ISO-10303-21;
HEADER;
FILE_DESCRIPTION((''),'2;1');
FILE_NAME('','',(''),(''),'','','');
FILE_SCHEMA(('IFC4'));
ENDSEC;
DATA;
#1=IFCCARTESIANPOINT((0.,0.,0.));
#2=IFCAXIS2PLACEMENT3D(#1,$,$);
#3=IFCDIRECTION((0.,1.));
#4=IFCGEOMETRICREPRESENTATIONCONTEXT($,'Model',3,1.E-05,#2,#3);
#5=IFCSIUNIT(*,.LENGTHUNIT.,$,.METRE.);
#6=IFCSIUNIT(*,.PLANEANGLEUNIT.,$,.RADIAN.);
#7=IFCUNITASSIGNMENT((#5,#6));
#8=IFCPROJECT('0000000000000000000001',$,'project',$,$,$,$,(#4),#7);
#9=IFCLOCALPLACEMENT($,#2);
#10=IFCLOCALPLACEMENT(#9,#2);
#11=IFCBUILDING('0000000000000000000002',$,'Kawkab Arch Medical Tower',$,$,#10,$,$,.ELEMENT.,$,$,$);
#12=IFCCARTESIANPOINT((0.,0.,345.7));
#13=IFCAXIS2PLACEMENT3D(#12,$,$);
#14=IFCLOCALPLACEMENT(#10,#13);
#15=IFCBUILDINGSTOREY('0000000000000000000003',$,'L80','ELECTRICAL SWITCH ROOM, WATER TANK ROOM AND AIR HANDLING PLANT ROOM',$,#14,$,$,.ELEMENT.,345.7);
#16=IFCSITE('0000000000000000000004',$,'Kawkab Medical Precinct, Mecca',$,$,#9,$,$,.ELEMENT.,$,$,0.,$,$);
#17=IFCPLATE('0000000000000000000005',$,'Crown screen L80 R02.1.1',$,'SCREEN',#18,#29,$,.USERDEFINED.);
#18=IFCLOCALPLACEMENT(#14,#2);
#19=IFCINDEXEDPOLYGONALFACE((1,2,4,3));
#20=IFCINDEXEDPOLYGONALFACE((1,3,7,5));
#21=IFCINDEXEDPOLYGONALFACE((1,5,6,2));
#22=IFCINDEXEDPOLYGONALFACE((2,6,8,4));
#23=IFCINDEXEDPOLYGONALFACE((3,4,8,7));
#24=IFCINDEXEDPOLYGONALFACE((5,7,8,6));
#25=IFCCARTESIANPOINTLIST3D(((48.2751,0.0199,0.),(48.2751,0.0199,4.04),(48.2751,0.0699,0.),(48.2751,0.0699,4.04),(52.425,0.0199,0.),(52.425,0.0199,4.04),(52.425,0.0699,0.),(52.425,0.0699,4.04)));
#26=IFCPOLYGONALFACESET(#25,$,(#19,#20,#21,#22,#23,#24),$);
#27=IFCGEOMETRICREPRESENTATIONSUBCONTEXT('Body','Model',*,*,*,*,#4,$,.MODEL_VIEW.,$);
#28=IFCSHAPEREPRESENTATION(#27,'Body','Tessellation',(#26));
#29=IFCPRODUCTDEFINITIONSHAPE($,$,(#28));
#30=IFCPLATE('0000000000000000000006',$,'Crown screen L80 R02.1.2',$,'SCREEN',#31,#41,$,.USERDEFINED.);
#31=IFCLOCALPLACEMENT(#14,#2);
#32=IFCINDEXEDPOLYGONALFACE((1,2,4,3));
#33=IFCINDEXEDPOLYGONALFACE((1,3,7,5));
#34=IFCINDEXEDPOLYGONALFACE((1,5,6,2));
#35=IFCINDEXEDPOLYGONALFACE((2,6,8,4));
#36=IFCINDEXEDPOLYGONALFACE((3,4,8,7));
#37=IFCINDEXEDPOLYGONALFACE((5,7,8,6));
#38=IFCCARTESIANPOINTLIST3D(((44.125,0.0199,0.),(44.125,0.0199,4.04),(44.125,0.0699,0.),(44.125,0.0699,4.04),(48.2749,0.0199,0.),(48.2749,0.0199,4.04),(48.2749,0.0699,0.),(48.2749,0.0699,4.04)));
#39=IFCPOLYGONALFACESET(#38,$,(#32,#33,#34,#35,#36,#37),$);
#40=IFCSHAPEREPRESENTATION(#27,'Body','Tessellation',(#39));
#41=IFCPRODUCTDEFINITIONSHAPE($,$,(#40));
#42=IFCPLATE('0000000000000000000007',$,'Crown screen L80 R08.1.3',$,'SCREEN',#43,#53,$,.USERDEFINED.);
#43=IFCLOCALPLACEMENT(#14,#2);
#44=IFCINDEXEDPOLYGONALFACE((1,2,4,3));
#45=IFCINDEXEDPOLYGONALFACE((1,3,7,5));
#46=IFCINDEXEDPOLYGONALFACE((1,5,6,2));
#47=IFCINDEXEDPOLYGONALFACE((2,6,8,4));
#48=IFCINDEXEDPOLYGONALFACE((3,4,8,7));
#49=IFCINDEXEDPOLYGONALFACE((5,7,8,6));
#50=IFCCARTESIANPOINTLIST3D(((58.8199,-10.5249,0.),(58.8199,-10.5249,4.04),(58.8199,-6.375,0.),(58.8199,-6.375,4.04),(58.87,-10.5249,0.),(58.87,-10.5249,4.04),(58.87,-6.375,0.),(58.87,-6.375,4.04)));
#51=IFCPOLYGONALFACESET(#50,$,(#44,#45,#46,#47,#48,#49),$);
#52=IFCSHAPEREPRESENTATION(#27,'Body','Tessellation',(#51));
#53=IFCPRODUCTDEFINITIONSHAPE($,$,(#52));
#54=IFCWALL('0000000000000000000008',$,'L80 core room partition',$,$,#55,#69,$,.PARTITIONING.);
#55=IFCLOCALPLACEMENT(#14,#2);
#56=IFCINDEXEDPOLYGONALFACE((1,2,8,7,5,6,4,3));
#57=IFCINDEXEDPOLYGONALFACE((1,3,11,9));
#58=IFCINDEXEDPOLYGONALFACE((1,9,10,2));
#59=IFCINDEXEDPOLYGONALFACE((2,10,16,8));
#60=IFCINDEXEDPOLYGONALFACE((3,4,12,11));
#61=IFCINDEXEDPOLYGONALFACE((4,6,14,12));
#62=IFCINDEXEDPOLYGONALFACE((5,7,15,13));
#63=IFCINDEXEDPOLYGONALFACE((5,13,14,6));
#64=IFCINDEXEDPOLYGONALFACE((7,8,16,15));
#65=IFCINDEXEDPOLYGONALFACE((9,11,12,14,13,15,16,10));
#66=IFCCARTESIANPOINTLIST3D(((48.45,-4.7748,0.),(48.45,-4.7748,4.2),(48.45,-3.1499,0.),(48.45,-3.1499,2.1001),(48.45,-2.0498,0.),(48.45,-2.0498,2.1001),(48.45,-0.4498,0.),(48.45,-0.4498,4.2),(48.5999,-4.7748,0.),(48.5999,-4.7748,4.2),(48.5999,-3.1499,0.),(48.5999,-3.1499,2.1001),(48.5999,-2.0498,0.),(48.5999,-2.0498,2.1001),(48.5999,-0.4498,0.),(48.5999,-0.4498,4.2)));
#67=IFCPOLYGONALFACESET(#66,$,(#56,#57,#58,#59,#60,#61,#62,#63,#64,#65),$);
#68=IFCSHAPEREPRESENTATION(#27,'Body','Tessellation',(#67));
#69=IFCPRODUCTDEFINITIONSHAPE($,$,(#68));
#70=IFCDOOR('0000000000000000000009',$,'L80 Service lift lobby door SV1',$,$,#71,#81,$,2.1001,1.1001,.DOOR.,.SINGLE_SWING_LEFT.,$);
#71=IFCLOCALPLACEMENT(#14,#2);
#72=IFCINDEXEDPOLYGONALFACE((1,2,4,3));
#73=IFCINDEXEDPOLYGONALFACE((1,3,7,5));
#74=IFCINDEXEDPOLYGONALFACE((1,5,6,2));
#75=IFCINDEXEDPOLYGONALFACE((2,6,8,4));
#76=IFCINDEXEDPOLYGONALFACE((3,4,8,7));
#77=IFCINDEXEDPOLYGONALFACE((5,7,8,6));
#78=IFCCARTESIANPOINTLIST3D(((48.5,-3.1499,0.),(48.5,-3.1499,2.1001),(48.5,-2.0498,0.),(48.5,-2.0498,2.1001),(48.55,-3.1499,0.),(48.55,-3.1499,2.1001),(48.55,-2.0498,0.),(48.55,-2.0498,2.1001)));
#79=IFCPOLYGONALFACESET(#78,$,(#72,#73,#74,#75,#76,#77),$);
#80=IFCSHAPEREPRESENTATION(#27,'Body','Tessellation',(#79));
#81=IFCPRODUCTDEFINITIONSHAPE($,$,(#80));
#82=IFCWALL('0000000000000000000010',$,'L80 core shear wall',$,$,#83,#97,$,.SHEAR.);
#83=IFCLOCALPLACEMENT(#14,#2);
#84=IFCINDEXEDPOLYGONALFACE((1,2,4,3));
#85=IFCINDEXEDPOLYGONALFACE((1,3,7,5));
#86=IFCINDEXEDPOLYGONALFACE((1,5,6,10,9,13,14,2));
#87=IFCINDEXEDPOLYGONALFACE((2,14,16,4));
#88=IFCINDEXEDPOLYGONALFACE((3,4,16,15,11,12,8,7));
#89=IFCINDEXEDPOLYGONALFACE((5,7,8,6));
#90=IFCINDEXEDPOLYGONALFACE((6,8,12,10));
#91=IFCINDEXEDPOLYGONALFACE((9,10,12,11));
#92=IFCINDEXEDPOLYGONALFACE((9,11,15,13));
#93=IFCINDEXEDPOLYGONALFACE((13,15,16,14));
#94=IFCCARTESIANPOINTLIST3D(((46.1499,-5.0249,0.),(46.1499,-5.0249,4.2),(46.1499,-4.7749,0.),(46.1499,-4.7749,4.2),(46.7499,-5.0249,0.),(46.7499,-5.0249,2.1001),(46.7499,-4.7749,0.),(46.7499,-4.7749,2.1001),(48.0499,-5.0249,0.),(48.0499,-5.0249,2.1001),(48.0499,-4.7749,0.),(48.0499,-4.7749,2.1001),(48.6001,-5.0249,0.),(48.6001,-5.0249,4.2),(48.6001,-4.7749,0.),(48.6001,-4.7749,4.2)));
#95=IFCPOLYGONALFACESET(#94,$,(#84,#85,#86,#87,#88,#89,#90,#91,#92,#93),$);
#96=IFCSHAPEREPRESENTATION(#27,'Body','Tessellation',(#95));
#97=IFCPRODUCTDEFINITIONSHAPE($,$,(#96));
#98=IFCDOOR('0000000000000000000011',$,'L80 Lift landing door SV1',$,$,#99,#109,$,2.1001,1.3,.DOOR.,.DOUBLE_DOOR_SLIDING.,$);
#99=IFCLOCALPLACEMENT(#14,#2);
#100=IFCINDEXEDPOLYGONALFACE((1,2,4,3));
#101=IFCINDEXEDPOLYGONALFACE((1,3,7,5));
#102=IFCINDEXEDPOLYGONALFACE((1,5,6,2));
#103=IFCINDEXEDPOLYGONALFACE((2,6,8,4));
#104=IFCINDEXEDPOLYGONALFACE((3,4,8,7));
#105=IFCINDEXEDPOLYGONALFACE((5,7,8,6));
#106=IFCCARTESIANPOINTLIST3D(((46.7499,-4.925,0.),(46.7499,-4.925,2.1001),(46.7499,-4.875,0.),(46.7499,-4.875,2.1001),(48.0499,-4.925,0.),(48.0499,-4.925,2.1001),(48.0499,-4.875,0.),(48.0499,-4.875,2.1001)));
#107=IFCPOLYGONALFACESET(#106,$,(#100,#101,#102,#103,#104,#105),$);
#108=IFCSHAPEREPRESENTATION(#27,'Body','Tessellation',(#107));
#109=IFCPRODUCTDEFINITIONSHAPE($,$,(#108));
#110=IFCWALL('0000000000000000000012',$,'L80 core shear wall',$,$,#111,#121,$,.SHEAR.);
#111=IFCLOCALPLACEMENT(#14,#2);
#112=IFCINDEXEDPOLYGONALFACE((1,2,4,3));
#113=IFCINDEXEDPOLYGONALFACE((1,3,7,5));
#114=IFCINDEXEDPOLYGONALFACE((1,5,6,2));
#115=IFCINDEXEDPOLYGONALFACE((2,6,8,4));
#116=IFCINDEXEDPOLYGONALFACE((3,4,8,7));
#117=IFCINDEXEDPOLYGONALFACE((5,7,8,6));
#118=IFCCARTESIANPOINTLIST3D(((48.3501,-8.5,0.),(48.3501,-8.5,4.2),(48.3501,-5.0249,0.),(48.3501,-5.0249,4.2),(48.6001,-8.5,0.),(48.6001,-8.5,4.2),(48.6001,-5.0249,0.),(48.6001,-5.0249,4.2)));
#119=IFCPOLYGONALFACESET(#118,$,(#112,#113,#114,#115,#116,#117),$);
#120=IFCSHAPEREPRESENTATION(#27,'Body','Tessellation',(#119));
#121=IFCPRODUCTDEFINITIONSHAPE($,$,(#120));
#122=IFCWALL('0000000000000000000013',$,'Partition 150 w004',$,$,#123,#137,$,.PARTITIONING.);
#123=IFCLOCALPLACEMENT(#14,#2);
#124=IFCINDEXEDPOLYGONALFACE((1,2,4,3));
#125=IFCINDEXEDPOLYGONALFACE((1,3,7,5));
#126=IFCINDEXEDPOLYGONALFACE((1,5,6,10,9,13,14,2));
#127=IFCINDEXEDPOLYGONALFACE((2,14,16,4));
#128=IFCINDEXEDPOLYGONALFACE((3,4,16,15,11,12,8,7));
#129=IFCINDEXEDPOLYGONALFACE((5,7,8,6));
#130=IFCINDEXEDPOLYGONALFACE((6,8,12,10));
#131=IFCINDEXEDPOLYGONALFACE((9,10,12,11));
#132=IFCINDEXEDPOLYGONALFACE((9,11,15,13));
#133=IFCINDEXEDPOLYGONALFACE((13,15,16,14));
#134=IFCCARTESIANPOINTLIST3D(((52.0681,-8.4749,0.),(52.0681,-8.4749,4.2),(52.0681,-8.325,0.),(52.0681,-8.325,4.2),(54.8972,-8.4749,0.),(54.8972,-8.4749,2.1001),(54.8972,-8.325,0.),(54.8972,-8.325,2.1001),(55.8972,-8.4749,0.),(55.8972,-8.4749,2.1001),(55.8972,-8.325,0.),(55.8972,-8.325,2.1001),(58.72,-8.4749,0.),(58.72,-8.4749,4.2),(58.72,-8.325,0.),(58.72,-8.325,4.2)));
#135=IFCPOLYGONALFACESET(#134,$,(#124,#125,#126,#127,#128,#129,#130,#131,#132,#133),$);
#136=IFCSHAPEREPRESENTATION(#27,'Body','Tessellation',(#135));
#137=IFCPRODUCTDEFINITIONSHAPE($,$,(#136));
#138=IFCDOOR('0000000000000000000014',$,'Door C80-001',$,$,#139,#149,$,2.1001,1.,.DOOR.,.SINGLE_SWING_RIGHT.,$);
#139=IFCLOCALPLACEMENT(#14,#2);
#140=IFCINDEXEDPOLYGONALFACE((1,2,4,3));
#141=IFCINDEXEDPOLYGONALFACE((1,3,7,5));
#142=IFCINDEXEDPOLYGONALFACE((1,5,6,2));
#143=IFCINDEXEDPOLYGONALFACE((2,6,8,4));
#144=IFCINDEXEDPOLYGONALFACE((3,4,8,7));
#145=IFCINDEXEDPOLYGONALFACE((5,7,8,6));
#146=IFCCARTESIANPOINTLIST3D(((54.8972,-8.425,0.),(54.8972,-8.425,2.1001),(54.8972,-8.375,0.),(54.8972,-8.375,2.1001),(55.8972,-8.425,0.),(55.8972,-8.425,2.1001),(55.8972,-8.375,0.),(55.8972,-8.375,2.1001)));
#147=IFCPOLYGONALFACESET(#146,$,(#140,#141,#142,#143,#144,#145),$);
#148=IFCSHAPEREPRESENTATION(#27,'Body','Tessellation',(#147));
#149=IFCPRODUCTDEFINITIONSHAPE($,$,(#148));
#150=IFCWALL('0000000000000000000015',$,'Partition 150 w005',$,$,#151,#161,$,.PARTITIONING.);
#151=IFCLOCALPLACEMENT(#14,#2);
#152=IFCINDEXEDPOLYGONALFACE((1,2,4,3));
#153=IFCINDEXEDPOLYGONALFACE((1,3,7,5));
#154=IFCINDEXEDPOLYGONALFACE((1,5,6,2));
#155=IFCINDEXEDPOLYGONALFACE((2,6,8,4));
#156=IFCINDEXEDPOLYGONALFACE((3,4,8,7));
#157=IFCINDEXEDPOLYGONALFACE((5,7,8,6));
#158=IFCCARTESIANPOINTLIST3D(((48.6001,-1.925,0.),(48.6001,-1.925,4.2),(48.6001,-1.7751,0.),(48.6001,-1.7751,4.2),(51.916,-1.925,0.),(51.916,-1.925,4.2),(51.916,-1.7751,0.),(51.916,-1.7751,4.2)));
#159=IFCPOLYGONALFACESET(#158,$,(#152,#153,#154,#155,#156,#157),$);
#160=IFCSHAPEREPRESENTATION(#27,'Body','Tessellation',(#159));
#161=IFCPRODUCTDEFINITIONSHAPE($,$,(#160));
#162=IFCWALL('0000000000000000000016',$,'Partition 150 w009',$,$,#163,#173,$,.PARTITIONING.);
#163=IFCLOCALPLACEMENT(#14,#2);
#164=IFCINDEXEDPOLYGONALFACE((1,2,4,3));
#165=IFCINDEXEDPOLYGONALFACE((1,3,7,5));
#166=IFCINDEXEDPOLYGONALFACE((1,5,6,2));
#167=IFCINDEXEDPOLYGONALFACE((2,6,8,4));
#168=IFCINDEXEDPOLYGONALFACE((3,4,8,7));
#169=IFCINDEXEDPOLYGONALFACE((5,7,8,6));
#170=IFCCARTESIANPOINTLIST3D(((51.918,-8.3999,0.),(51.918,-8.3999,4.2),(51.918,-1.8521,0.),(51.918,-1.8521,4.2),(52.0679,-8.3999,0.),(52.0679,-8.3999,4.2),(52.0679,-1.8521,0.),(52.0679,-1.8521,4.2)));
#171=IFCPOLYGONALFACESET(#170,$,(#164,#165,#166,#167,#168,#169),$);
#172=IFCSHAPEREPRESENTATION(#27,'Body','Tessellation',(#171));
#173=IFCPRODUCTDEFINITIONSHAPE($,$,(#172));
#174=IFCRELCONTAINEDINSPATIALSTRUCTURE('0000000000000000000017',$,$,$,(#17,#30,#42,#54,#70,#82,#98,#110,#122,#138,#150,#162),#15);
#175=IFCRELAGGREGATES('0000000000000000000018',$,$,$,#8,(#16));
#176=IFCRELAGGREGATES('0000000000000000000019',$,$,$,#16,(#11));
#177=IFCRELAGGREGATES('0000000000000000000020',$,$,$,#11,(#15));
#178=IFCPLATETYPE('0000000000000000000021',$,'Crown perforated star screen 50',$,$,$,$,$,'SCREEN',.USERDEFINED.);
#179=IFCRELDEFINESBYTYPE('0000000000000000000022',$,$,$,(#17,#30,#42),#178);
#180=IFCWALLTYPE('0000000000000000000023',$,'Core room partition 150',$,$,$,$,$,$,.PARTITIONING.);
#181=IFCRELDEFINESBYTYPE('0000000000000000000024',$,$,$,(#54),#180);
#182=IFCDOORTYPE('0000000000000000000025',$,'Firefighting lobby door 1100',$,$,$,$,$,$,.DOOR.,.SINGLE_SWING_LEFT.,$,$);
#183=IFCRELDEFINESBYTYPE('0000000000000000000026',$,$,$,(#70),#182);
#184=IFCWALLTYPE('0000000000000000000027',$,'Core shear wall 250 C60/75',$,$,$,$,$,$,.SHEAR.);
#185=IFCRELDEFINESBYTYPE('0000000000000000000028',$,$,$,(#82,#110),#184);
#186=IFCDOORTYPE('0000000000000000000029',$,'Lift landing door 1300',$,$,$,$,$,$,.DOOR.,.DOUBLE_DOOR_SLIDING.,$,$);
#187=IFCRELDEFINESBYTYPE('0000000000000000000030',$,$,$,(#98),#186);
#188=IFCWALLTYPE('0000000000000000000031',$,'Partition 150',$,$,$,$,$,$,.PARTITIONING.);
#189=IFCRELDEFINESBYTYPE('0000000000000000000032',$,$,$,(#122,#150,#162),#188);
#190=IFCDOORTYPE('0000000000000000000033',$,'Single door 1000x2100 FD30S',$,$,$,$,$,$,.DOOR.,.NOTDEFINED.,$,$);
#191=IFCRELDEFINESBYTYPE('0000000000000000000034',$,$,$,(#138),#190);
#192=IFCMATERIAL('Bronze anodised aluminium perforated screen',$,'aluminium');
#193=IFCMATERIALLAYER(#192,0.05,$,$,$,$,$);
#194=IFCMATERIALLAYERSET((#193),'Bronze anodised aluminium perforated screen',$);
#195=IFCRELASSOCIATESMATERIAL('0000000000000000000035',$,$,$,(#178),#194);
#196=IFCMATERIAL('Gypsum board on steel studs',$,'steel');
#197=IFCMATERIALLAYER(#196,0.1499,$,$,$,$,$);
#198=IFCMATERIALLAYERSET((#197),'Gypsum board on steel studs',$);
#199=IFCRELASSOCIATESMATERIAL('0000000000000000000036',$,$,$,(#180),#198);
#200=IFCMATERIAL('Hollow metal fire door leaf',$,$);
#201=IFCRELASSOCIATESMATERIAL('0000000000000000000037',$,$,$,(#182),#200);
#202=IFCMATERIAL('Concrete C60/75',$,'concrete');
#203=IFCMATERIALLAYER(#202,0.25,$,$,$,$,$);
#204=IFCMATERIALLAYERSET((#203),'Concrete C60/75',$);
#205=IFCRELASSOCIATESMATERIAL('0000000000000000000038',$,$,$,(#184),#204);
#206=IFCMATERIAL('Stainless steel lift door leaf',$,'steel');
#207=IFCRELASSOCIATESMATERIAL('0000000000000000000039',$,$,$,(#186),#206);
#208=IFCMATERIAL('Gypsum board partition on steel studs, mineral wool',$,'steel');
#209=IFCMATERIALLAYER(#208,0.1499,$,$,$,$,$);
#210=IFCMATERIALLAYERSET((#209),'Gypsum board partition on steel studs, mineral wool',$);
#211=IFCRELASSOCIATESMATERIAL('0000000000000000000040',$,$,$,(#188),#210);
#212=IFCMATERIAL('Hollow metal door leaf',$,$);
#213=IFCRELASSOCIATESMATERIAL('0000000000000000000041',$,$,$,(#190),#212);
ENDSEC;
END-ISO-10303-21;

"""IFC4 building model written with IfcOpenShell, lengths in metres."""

from ifc_helpers import new_model, si_unit, direction, frame, frame_2d, origin, origin_2d, place, context, subcontext, project, spatial, rectangle, extrude, material, layer, layer_set, type_object, element, fill, save


model = new_model("IFC4")

# Units and contexts
model_context = context("Model", 3, precision=1e-05, world=origin(), true_north=direction((0.0, 1.0)))
body_context = subcontext(model_context, "Body", "Model", "MODEL_VIEW")
ifc_project = project(units=[si_unit("LENGTHUNIT", "METRE"), si_unit("PLANEANGLEUNIT", "RADIAN")], contexts=[model_context])

# Site, building, storey
site_placement = place(None, origin())
site = spatial("IfcSite", under=ifc_project, at=site_placement, Name="Kawkab Medical Precinct, Mecca", CompositionType="ELEMENT", RefElevation=0.0)
building_placement = place(site_placement, origin())
building = spatial("IfcBuilding", under=site, at=building_placement, Name="Kawkab Arch Medical Tower", CompositionType="ELEMENT")
storey_placement = place(building_placement, frame((0.0, 0.0, 345.7)))
storey = spatial("IfcBuildingStorey", under=building, at=storey_placement, Name="L80", Description="ELECTRICAL SWITCH ROOM, WATER TANK ROOM AND AIR HANDLING PLANT ROOM", CompositionType="ELEMENT", Elevation=345.7)

# Plates
ifc_material_1 = material(Name="Bronze anodised aluminium perforated screen", Category="aluminium")
ifc_layer_1 = layer(ifc_material_1, 0.05)
ifc_layer_set_1 = layer_set([ifc_layer_1], Name="Bronze anodised aluminium perforated screen")
plate_type_1 = type_object("IfcPlateType", Name="Crown perforated star screen 50", ElementType="SCREEN", PredefinedType="USERDEFINED", material=ifc_layer_set_1)
for number, where, z_axis, x_axis, name in (
    (1, (50.3501, 0.0449, 0.0), (0.0, 0.0, 1.0), (-1.0, 0.0, 0.0), "Crown screen L80 R02.1.1"),
    (2, (46.2, 0.0449, 0.0), (0.0, 0.0, 1.0), (-1.0, 0.0, 0.0), "Crown screen L80 R02.1.2"),
    (3, (58.845, -8.45, 0.0), (0.0, 0.0, 1.0), (0.0, 1.0, 0.0), "Crown screen L80 R08.1.3"),
):
    element("IfcPlate", number, at=place(storey_placement, frame(where, z_axis=z_axis, x_axis=x_axis)), inside=storey, type_object=plate_type_1, Name=name, ObjectType="SCREEN", PredefinedType="USERDEFINED", context=body_context, shape_type="SweptSolid", body=[
        extrude(rectangle(XDim=4.1499, YDim=0.05, at=origin_2d()), origin(), (0.0, 0.0, 1.0), 4.04),
    ])

# Walls, openings, doors
ifc_material_2 = material(Name="Gypsum board on steel studs", Category="steel")
ifc_layer_2 = layer(ifc_material_2, 0.1499)
ifc_layer_set_2 = layer_set([ifc_layer_2], Name="Gypsum board on steel studs")
wall_type_1 = type_object("IfcWallType", Name="Core room partition 150", PredefinedType="PARTITIONING", material=ifc_layer_set_2)
wall_1_placement = place(storey_placement, frame((48.5249, -4.7749, 0.0), z_axis=(0.0, 0.0, 1.0), x_axis=(0.0, 1.0, 0.0)))
wall_1 = element("IfcWall", 4, at=wall_1_placement, inside=storey, type_object=wall_type_1, Name="L80 core room partition", PredefinedType="PARTITIONING", context=body_context, shape_type="SweptSolid", body=[
    extrude(rectangle(XDim=4.325, YDim=0.1499, at=frame_2d((2.1626, 0.0))), origin(), (0.0, 0.0, 1.0), 4.2),
])
opening_1_placement = place(wall_1_placement, frame((1.625, 0.0, 0.0)))
opening_1 = element("IfcOpeningElement", 5, at=opening_1_placement, cuts=wall_1, PredefinedType="OPENING", context=body_context, shape_type="SweptSolid", body=[
    extrude(rectangle(XDim=1.1001, YDim=2.1001, at=frame_2d((0.55, 1.05))), frame((0.0, 0.085, 0.0), z_axis=(0.0, -1.0, 0.0), x_axis=(1.0, 0.0, 0.0)), (0.0, 0.0, 1.0), 0.1699),
])
ifc_material_3 = material(Name="Hollow metal fire door leaf")
door_type_1 = type_object("IfcDoorType", Name="Firefighting lobby door 1100", OperationType="SINGLE_SWING_LEFT", PredefinedType="DOOR", material=ifc_material_3)
door_1_placement = place(opening_1_placement, origin())
door_1 = element("IfcDoor", 6, at=door_1_placement, inside=storey, type_object=door_type_1, Name="L80 Service lift lobby door SV1", OperationType="SINGLE_SWING_LEFT", OverallHeight=2.1001, OverallWidth=1.1001, PredefinedType="DOOR", context=body_context, shape_type="SweptSolid", body=[
    extrude(rectangle(XDim=1.1001, YDim=2.1001, at=frame_2d((0.55, 1.05))), frame((0.0, 0.0249, 0.0), z_axis=(0.0, -1.0, 0.0), x_axis=(1.0, 0.0, 0.0)), (0.0, 0.0, 1.0), 0.05),
])
fill(opening_1, door_1)
ifc_material_4 = material(Name="Concrete C60/75", Category="concrete")
ifc_layer_3 = layer(ifc_material_4, 0.25)
ifc_layer_set_3 = layer_set([ifc_layer_3], Name="Concrete C60/75")
wall_type_2 = type_object("IfcWallType", Name="Core shear wall 250 C60/75", PredefinedType="SHEAR", material=ifc_layer_set_3)
wall_2_placement = place(storey_placement, frame((46.1499, -4.8999, 0.0), z_axis=(0.0, 0.0, 1.0), x_axis=(1.0, 0.0, 0.0)))
wall_2 = element("IfcWall", 7, at=wall_2_placement, inside=storey, type_object=wall_type_2, Name="L80 core shear wall", PredefinedType="SHEAR", context=body_context, shape_type="SweptSolid", body=[
    extrude(rectangle(XDim=2.4502, YDim=0.25, at=frame_2d((1.2251, 0.0))), origin(), (0.0, 0.0, 1.0), 4.2),
])
opening_2_placement = place(wall_2_placement, frame((0.6001, 0.0, 0.0)))
opening_2 = element("IfcOpeningElement", 8, at=opening_2_placement, cuts=wall_2, PredefinedType="OPENING", context=body_context, shape_type="SweptSolid", body=[
    extrude(rectangle(XDim=1.3, YDim=2.1001, at=frame_2d((0.6499, 1.05))), frame((0.0, 0.135, 0.0), z_axis=(0.0, -1.0, 0.0), x_axis=(1.0, 0.0, 0.0)), (0.0, 0.0, 1.0), 0.27),
])
ifc_material_5 = material(Name="Stainless steel lift door leaf", Category="steel")
door_type_2 = type_object("IfcDoorType", Name="Lift landing door 1300", OperationType="DOUBLE_DOOR_SLIDING", PredefinedType="DOOR", material=ifc_material_5)
door_2_placement = place(opening_2_placement, origin())
door_2 = element("IfcDoor", 9, at=door_2_placement, inside=storey, type_object=door_type_2, Name="L80 Lift landing door SV1", OperationType="DOUBLE_DOOR_SLIDING", OverallHeight=2.1001, OverallWidth=1.3, PredefinedType="DOOR", context=body_context, shape_type="SweptSolid", body=[
    extrude(rectangle(XDim=1.3, YDim=2.1001, at=frame_2d((0.6499, 1.05))), frame((0.0, 0.0249, 0.0), z_axis=(0.0, -1.0, 0.0), x_axis=(1.0, 0.0, 0.0)), (0.0, 0.0, 1.0), 0.05),
])
fill(opening_2, door_2)

# Wall
wall_3_placement = place(storey_placement, frame((48.4751, -8.5, 0.0), z_axis=(0.0, 0.0, 1.0), x_axis=(0.0, 1.0, 0.0)))
element("IfcWall", 10, at=wall_3_placement, inside=storey, type_object=wall_type_2, Name="L80 core shear wall", PredefinedType="SHEAR", context=body_context, shape_type="SweptSolid", body=[
    extrude(rectangle(XDim=3.4751, YDim=0.25, at=frame_2d((1.7375, 0.0))), origin(), (0.0, 0.0, 1.0), 4.2),
])

# Wall, opening, door
ifc_material_6 = material(Name="Gypsum board partition on steel studs, mineral wool", Category="steel")
ifc_layer_4 = layer(ifc_material_6, 0.1499)
ifc_layer_set_4 = layer_set([ifc_layer_4], Name="Gypsum board partition on steel studs, mineral wool")
wall_type_3 = type_object("IfcWallType", Name="Partition 150", PredefinedType="PARTITIONING", material=ifc_layer_set_4)
wall_4_placement = place(storey_placement, frame((52.0681, -8.3999, 0.0), z_axis=(0.0, 0.0, 1.0), x_axis=(1.0, 0.0, 0.0)))
wall_4 = element("IfcWall", 11, at=wall_4_placement, inside=storey, type_object=wall_type_3, Name="Partition 150 w004", PredefinedType="PARTITIONING", context=body_context, shape_type="SweptSolid", body=[
    extrude(rectangle(XDim=6.6519, YDim=0.1499, at=frame_2d((3.3259, 0.0))), origin(), (0.0, 0.0, 1.0), 4.2),
])
opening_3_placement = place(wall_4_placement, frame((2.8291, 0.0, 0.0)))
opening_3 = element("IfcOpeningElement", 12, at=opening_3_placement, cuts=wall_4, PredefinedType="OPENING", context=body_context, shape_type="SweptSolid", body=[
    extrude(rectangle(XDim=1.0, YDim=2.1001, at=frame_2d((0.5, 1.05))), frame((0.0, 0.085, 0.0), z_axis=(0.0, -1.0, 0.0), x_axis=(1.0, 0.0, 0.0)), (0.0, 0.0, 1.0), 0.1699),
])
ifc_material_7 = material(Name="Hollow metal door leaf")
door_type_3 = type_object("IfcDoorType", Name="Single door 1000x2100 FD30S", OperationType="NOTDEFINED", PredefinedType="DOOR", material=ifc_material_7)
door_3_placement = place(opening_3_placement, origin())
door_3 = element("IfcDoor", 13, at=door_3_placement, inside=storey, type_object=door_type_3, Name="Door C80-001", OperationType="SINGLE_SWING_RIGHT", OverallHeight=2.1001, OverallWidth=1.0, PredefinedType="DOOR", context=body_context, shape_type="SweptSolid", body=[
    extrude(rectangle(XDim=1.0, YDim=2.1001, at=frame_2d((0.5, 1.05))), frame((0.0, 0.0249, 0.0), z_axis=(0.0, -1.0, 0.0), x_axis=(1.0, 0.0, 0.0)), (0.0, 0.0, 1.0), 0.05),
])
fill(opening_3, door_3)

# Walls
wall_5_placement = place(storey_placement, frame((48.6001, -1.8501, 0.0), z_axis=(0.0, 0.0, 1.0), x_axis=(1.0, 0.0, 0.0)))
element("IfcWall", 14, at=wall_5_placement, inside=storey, type_object=wall_type_3, Name="Partition 150 w005", PredefinedType="PARTITIONING", context=body_context, shape_type="SweptSolid", body=[
    extrude(rectangle(XDim=3.3159, YDim=0.1499, at=frame_2d((1.658, 0.0))), origin(), (0.0, 0.0, 1.0), 4.2),
])
wall_6_placement = place(storey_placement, frame((51.9929, -8.3999, 0.0), z_axis=(0.0, 0.0, 1.0), x_axis=(0.0, 1.0, 0.0)))
element("IfcWall", 15, at=wall_6_placement, inside=storey, type_object=wall_type_3, Name="Partition 150 w009", PredefinedType="PARTITIONING", context=body_context, shape_type="SweptSolid", body=[
    extrude(rectangle(XDim=6.5479, YDim=0.1499, at=frame_2d((3.2739, 0.0))), origin(), (0.0, 0.0, 1.0), 4.2),
])

save(model, "model.ifc")
